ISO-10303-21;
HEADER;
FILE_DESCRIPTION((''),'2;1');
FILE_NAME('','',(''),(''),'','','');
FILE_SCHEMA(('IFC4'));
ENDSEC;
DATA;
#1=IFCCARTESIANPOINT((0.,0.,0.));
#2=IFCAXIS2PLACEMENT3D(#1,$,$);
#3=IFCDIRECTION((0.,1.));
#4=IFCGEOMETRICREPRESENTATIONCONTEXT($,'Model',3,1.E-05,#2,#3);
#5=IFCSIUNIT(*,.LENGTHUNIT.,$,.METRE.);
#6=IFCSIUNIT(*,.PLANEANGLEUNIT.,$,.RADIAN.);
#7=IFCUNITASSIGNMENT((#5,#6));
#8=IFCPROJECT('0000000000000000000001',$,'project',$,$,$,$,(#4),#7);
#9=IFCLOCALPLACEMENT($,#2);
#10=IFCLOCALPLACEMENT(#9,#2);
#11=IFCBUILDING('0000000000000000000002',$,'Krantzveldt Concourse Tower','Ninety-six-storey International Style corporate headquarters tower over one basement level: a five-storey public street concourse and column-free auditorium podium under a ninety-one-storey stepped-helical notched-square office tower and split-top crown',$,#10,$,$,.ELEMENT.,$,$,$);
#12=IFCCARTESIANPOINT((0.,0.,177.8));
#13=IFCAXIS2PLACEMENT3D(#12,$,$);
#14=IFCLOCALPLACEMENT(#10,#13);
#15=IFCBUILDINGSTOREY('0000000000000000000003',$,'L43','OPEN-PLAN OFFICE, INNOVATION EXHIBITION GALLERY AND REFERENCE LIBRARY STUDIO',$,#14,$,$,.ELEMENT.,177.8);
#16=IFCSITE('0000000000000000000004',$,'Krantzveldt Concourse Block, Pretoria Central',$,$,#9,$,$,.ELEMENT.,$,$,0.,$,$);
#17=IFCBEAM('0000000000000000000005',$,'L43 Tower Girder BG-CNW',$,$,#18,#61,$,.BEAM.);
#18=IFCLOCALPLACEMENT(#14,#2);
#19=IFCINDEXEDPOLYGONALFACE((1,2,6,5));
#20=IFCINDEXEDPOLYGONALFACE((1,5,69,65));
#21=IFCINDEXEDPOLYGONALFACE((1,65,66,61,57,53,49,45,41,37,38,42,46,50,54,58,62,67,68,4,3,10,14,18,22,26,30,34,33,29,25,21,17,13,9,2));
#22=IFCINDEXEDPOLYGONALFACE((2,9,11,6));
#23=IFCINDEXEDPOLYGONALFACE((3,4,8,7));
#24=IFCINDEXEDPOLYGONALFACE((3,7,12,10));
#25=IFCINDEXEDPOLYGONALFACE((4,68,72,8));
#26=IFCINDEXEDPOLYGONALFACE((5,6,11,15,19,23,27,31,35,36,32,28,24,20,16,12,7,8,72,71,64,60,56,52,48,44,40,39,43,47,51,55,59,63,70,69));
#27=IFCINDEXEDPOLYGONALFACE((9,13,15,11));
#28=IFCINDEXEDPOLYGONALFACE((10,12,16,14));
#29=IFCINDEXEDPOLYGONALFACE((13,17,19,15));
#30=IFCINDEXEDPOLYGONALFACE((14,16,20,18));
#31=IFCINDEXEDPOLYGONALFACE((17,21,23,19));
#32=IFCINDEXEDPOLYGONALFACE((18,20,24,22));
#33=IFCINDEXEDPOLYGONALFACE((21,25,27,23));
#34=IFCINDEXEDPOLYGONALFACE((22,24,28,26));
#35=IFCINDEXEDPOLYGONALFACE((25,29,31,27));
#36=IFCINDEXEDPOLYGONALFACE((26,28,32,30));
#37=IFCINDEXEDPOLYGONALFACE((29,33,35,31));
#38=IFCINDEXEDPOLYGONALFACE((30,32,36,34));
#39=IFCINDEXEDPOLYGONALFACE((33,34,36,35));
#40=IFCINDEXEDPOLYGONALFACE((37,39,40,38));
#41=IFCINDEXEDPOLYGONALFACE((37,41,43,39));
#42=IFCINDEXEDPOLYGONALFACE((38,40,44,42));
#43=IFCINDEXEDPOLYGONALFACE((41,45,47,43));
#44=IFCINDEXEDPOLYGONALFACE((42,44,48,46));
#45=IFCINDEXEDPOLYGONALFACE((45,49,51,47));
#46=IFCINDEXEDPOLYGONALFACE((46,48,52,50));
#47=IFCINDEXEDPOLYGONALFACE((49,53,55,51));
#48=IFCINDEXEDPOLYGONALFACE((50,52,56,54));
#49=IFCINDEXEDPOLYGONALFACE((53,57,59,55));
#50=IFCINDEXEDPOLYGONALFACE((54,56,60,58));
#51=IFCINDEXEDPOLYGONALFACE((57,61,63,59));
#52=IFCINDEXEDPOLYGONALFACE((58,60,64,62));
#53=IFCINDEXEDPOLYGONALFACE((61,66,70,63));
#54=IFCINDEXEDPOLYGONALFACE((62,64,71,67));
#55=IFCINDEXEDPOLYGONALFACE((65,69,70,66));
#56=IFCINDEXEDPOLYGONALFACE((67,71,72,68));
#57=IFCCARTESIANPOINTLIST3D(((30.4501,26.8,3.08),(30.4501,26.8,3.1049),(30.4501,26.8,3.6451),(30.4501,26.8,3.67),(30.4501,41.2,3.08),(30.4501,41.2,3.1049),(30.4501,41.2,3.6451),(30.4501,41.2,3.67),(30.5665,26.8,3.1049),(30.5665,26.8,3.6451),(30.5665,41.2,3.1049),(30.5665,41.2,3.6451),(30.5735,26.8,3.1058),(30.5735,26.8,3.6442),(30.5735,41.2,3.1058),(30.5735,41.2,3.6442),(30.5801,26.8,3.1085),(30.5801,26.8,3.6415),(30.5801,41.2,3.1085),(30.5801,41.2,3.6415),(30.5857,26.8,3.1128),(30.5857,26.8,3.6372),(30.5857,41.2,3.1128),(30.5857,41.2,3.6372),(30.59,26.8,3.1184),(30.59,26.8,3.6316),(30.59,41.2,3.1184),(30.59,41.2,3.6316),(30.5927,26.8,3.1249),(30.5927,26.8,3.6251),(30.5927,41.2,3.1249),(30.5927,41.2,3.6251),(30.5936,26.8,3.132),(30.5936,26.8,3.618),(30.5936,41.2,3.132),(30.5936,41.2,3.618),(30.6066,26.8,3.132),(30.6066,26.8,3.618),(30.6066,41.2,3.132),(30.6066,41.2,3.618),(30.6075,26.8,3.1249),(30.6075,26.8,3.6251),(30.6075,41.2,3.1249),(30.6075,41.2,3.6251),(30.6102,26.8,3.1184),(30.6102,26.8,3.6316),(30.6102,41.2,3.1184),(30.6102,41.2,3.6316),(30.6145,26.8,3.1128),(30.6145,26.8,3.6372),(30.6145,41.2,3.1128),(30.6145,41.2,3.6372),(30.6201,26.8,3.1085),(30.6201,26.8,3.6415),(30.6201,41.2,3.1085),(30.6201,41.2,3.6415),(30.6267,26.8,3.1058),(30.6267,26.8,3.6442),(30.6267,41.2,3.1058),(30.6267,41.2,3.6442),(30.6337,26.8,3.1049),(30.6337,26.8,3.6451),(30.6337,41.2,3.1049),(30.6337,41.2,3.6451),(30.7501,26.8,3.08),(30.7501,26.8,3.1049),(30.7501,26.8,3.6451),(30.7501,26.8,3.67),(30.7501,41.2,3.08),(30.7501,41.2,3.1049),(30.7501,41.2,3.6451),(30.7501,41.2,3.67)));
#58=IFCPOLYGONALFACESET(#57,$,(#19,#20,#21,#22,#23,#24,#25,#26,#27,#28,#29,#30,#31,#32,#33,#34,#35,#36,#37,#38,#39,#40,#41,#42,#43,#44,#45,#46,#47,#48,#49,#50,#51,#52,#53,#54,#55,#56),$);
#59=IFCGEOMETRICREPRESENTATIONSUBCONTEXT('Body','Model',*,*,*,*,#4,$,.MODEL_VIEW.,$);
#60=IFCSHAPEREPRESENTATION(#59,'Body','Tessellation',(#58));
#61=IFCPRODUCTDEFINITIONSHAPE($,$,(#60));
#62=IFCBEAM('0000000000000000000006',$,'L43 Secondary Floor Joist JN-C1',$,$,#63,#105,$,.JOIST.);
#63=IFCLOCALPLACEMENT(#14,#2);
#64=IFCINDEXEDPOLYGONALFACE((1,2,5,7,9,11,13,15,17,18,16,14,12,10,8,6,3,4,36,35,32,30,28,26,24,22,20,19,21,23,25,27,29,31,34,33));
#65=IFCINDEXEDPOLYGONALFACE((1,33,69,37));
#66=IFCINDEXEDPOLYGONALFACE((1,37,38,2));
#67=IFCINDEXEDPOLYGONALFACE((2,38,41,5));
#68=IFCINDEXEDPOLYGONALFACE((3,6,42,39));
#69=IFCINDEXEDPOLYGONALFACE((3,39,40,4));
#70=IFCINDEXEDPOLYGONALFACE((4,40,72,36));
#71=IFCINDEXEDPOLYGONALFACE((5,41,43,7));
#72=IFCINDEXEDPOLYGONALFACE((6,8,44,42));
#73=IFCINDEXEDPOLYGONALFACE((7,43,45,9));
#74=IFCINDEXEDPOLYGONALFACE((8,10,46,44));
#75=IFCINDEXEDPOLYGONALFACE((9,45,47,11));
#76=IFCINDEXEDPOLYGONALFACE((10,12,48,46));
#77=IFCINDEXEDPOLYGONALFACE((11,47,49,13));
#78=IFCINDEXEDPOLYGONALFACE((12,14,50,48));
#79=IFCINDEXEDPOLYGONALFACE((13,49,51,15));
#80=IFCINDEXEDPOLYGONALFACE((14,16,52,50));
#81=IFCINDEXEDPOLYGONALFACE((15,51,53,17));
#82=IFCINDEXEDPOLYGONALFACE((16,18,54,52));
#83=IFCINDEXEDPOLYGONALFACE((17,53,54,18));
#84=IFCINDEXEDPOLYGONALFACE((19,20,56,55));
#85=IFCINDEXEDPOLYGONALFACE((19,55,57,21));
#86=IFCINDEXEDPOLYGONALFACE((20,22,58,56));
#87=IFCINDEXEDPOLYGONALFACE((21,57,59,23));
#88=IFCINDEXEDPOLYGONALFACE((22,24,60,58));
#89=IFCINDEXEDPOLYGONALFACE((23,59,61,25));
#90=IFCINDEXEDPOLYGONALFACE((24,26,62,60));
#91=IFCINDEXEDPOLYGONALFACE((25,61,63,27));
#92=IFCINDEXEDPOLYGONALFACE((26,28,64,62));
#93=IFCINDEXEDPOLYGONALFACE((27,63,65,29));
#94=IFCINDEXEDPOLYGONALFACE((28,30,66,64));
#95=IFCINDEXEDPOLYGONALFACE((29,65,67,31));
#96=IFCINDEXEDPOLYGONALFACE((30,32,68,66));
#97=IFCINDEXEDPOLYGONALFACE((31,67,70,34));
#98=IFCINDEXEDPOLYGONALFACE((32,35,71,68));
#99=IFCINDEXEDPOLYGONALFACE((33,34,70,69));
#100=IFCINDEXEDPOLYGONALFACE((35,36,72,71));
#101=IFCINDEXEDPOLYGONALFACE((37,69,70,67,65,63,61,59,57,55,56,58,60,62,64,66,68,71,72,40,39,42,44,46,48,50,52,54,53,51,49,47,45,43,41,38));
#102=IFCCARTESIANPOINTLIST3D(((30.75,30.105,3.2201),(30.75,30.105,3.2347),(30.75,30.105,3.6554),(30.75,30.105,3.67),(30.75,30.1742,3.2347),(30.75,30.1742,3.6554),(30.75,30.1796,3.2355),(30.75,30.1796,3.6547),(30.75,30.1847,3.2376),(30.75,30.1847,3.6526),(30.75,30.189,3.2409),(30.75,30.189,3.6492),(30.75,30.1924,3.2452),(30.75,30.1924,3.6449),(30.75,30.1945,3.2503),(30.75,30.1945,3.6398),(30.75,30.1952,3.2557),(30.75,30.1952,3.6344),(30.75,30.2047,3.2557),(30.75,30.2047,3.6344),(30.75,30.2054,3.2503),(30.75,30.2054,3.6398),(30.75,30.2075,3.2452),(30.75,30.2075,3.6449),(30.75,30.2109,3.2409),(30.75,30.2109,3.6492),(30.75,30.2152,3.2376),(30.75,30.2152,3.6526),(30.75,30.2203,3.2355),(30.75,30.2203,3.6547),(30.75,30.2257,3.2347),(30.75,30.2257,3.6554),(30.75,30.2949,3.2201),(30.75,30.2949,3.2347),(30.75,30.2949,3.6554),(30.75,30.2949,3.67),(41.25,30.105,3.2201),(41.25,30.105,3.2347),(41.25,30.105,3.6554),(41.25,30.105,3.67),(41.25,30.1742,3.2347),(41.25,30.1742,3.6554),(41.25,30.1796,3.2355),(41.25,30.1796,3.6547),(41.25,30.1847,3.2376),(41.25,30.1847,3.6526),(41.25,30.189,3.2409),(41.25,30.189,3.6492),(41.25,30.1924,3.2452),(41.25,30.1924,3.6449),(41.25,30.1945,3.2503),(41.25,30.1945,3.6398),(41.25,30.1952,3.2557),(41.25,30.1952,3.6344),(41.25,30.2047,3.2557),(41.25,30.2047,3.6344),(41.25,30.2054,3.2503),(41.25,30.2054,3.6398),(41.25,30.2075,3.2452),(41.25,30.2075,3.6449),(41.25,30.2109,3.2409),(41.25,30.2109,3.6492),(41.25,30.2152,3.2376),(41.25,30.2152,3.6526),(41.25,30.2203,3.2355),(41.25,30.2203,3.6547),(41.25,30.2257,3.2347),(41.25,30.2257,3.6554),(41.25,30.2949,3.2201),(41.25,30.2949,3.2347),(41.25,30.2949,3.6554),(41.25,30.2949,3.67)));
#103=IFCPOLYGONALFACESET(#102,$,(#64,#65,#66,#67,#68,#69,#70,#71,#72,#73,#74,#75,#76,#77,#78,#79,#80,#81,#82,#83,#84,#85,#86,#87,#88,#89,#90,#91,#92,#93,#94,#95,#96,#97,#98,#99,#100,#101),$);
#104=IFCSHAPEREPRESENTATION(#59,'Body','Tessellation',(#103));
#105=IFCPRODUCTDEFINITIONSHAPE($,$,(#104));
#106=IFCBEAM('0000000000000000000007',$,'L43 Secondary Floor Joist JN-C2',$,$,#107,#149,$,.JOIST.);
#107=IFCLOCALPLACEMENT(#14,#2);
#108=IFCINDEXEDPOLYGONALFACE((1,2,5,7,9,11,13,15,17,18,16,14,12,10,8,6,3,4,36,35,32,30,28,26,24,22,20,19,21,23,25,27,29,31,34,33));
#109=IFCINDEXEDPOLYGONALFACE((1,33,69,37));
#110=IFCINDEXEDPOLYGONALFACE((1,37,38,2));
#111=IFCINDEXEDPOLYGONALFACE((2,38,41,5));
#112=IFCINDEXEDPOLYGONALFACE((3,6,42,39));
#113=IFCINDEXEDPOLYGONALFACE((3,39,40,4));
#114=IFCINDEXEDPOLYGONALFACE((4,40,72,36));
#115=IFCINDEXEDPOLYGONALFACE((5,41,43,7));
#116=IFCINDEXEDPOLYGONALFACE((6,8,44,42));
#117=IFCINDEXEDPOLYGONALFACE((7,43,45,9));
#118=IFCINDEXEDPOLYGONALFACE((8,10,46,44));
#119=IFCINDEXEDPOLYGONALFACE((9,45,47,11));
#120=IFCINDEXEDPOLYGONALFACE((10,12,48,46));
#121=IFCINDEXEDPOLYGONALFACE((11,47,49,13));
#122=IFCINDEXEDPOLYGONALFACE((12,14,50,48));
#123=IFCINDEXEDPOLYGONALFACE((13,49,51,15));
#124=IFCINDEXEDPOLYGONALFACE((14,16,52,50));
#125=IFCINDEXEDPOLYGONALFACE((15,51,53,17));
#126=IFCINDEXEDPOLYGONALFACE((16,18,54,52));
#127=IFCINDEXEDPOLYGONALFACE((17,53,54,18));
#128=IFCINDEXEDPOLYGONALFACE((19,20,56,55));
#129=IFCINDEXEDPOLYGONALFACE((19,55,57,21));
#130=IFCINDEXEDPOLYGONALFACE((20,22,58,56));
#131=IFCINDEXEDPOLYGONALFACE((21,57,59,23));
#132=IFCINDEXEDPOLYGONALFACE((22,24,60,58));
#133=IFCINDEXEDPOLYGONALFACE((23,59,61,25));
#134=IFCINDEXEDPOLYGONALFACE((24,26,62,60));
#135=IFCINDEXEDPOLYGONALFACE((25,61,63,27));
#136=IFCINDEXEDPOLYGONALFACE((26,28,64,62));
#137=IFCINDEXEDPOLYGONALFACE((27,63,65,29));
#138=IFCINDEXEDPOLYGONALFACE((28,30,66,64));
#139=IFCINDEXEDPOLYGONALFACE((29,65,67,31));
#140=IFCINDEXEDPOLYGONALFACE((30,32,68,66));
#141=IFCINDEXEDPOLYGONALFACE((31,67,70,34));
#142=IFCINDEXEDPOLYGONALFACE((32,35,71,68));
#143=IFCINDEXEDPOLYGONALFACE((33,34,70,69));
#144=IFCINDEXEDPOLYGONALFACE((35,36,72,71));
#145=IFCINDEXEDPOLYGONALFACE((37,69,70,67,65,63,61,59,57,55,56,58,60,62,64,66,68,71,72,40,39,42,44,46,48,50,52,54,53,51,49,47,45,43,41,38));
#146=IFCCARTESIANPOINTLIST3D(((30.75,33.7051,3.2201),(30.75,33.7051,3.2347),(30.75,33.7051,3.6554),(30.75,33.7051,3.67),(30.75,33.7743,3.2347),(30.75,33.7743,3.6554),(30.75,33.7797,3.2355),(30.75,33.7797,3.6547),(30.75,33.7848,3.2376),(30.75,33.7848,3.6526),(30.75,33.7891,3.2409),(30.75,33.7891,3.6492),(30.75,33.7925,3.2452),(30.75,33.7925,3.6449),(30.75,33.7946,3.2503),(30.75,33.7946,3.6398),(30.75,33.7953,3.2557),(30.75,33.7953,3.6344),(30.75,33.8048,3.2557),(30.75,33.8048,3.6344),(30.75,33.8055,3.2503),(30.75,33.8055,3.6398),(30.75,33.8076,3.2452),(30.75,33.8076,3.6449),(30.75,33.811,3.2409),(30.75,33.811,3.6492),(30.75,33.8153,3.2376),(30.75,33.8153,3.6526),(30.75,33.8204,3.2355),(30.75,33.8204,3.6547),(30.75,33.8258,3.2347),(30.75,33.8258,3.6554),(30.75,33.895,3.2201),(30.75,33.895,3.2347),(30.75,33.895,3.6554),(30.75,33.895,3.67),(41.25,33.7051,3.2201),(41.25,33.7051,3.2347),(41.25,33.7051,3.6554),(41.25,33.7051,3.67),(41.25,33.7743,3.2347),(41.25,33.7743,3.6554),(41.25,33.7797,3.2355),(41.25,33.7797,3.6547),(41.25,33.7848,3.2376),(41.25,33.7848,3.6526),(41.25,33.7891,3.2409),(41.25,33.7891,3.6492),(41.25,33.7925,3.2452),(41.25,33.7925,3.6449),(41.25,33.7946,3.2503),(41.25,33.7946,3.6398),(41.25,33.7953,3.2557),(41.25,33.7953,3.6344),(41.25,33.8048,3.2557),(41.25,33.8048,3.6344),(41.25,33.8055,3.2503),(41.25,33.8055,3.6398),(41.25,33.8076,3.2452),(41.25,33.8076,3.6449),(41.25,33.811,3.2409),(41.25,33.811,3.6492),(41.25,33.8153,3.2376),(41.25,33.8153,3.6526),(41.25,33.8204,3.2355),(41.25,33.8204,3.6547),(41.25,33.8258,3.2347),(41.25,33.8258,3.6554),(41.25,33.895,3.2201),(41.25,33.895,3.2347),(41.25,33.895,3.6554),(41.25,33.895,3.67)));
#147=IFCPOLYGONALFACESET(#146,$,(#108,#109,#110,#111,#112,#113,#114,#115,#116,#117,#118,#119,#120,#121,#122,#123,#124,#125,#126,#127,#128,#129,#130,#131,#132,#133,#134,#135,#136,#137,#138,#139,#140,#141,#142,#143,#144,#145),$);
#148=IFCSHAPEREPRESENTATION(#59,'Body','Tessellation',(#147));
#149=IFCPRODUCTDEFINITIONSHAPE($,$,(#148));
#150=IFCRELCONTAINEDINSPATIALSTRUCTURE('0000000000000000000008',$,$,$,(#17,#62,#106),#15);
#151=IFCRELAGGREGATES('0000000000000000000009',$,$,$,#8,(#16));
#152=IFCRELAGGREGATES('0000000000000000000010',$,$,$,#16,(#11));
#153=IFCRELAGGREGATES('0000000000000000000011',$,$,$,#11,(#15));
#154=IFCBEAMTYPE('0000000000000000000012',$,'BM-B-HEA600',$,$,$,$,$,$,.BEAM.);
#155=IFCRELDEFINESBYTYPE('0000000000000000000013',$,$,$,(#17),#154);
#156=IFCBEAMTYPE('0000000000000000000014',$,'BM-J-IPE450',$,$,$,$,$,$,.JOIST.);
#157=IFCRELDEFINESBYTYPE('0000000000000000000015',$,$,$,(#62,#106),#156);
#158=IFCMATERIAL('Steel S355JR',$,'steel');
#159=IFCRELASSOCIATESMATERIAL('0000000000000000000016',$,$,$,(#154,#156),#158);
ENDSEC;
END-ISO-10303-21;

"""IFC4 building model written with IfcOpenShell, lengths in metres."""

from ifc_helpers import new_model, si_unit, direction, frame, origin, origin_2d, place, context, subcontext, project, spatial, i_section, extrude, source, transform, mapped, material, material_profile, profile_set, type_object, type_shapes, element, save


model = new_model("IFC4")

# Units and contexts
model_context = context("Model", 3, precision=1e-05, world=origin(), true_north=direction((0.0, 1.0)))
body_context = subcontext(model_context, "Body", "Model", "MODEL_VIEW")
ifc_project = project(units=[si_unit("LENGTHUNIT", "METRE"), si_unit("PLANEANGLEUNIT", "RADIAN")], contexts=[model_context])

# Site, building, storey
site_placement = place(None, origin())
site = spatial("IfcSite", under=ifc_project, at=site_placement, Name="Krantzveldt Concourse Block, Pretoria Central", CompositionType="ELEMENT", RefElevation=0.0)
building_placement = place(site_placement, origin())
building = spatial("IfcBuilding", under=site, at=building_placement, Name="Krantzveldt Concourse Tower", Description="Ninety-six-storey International Style corporate headquarters tower over one basement level: a five-storey public street concourse and column-free auditorium podium under a ninety-one-storey stepped-helical notched-square office tower and split-top crown", CompositionType="ELEMENT")
storey_placement = place(building_placement, frame((0.0, 0.0, 177.8)))
storey = spatial("IfcBuildingStorey", under=building, at=storey_placement, Name="L43", Description="OPEN-PLAN OFFICE, INNOVATION EXHIBITION GALLERY AND REFERENCE LIBRARY STUDIO", CompositionType="ELEMENT", Elevation=177.8)

# Beams
ifc_material_1 = material(Name="Steel S355JR", Category="steel")
ifc_material_profile_1 = material_profile(ifc_material_1, i_section(OverallWidth=0.3, OverallDepth=0.5901, WebThickness=0.0129, FlangeThickness=0.0249, FilletRadius=0.0271, at=origin_2d()), Name="Steel S355JR", Category="steel")
ifc_profile_set_1 = profile_set([ifc_material_profile_1], Name="Steel S355JR - HEA 600")
beam_type_1 = type_object("IfcBeamType", Name="BM-B-HEA600", PredefinedType="BEAM", material=ifc_profile_set_1)
shared_shape_1 = source(origin(), body_context, "Body", "SweptSolid", [
    extrude(i_section(OverallWidth=0.3, OverallDepth=0.5901, WebThickness=0.0129, FlangeThickness=0.0249, FilletRadius=0.0271, at=origin_2d()), origin(), (0.0, 0.0, 1.0), 14.3999),
])
type_shapes(beam_type_1, [shared_shape_1])
beam_1_placement = place(storey_placement, frame((30.6001, 26.8, 3.375), z_axis=(0.0, 1.0, 0.0), x_axis=(-1.0, 0.0, 0.0)))
element("IfcBeam", 1, at=beam_1_placement, inside=storey, type_object=beam_type_1, Name="L43 Tower Girder BG-CNW", PredefinedType="BEAM", context=body_context, shape_type="MappedRepresentation", body=[
    mapped(shared_shape_1, transform((0.0, 0.0, 0.0), x_axis=(1.0, 0.0, 0.0), y_axis=(0.0, 1.0, 0.0), z_axis=(0.0, 0.0, 1.0), scale=1.0)),
])
ifc_material_profile_2 = material_profile(ifc_material_1, i_section(OverallWidth=0.1899, OverallDepth=0.45, WebThickness=0.0095, FlangeThickness=0.0146, FilletRadius=0.021, at=origin_2d()), Name="Steel S355JR", Category="steel")
ifc_profile_set_2 = profile_set([ifc_material_profile_2], Name="Steel S355JR - IPE 450")
beam_type_2 = type_object("IfcBeamType", Name="BM-J-IPE450", PredefinedType="JOIST", material=ifc_profile_set_2)
shared_shape_2 = source(origin(), body_context, "Body", "SweptSolid", [
    extrude(i_section(OverallWidth=0.1899, OverallDepth=0.45, WebThickness=0.0095, FlangeThickness=0.0146, FilletRadius=0.021, at=origin_2d()), origin(), (0.0, 0.0, 1.0), 10.5),
])
for number, where, z_axis, x_axis, name in (
    (2, (30.75, 30.2, 3.4451), (1.0, 0.0, 0.0), (0.0, 1.0, 0.0), "L43 Secondary Floor Joist JN-C1"),
    (3, (30.75, 33.8, 3.4451), (1.0, 0.0, 0.0), (0.0, 1.0, 0.0), "L43 Secondary Floor Joist JN-C2"),
):
    element("IfcBeam", number, at=place(storey_placement, frame(where, z_axis=z_axis, x_axis=x_axis)), inside=storey, type_object=beam_type_2, Name=name, PredefinedType="JOIST", context=body_context, shape_type="MappedRepresentation", body=[
        mapped(shared_shape_2, transform((0.0, 0.0, 0.0), x_axis=(1.0, 0.0, 0.0), y_axis=(0.0, 1.0, 0.0), z_axis=(0.0, 0.0, 1.0), scale=1.0)),
    ])

save(model, "model.ifc")
